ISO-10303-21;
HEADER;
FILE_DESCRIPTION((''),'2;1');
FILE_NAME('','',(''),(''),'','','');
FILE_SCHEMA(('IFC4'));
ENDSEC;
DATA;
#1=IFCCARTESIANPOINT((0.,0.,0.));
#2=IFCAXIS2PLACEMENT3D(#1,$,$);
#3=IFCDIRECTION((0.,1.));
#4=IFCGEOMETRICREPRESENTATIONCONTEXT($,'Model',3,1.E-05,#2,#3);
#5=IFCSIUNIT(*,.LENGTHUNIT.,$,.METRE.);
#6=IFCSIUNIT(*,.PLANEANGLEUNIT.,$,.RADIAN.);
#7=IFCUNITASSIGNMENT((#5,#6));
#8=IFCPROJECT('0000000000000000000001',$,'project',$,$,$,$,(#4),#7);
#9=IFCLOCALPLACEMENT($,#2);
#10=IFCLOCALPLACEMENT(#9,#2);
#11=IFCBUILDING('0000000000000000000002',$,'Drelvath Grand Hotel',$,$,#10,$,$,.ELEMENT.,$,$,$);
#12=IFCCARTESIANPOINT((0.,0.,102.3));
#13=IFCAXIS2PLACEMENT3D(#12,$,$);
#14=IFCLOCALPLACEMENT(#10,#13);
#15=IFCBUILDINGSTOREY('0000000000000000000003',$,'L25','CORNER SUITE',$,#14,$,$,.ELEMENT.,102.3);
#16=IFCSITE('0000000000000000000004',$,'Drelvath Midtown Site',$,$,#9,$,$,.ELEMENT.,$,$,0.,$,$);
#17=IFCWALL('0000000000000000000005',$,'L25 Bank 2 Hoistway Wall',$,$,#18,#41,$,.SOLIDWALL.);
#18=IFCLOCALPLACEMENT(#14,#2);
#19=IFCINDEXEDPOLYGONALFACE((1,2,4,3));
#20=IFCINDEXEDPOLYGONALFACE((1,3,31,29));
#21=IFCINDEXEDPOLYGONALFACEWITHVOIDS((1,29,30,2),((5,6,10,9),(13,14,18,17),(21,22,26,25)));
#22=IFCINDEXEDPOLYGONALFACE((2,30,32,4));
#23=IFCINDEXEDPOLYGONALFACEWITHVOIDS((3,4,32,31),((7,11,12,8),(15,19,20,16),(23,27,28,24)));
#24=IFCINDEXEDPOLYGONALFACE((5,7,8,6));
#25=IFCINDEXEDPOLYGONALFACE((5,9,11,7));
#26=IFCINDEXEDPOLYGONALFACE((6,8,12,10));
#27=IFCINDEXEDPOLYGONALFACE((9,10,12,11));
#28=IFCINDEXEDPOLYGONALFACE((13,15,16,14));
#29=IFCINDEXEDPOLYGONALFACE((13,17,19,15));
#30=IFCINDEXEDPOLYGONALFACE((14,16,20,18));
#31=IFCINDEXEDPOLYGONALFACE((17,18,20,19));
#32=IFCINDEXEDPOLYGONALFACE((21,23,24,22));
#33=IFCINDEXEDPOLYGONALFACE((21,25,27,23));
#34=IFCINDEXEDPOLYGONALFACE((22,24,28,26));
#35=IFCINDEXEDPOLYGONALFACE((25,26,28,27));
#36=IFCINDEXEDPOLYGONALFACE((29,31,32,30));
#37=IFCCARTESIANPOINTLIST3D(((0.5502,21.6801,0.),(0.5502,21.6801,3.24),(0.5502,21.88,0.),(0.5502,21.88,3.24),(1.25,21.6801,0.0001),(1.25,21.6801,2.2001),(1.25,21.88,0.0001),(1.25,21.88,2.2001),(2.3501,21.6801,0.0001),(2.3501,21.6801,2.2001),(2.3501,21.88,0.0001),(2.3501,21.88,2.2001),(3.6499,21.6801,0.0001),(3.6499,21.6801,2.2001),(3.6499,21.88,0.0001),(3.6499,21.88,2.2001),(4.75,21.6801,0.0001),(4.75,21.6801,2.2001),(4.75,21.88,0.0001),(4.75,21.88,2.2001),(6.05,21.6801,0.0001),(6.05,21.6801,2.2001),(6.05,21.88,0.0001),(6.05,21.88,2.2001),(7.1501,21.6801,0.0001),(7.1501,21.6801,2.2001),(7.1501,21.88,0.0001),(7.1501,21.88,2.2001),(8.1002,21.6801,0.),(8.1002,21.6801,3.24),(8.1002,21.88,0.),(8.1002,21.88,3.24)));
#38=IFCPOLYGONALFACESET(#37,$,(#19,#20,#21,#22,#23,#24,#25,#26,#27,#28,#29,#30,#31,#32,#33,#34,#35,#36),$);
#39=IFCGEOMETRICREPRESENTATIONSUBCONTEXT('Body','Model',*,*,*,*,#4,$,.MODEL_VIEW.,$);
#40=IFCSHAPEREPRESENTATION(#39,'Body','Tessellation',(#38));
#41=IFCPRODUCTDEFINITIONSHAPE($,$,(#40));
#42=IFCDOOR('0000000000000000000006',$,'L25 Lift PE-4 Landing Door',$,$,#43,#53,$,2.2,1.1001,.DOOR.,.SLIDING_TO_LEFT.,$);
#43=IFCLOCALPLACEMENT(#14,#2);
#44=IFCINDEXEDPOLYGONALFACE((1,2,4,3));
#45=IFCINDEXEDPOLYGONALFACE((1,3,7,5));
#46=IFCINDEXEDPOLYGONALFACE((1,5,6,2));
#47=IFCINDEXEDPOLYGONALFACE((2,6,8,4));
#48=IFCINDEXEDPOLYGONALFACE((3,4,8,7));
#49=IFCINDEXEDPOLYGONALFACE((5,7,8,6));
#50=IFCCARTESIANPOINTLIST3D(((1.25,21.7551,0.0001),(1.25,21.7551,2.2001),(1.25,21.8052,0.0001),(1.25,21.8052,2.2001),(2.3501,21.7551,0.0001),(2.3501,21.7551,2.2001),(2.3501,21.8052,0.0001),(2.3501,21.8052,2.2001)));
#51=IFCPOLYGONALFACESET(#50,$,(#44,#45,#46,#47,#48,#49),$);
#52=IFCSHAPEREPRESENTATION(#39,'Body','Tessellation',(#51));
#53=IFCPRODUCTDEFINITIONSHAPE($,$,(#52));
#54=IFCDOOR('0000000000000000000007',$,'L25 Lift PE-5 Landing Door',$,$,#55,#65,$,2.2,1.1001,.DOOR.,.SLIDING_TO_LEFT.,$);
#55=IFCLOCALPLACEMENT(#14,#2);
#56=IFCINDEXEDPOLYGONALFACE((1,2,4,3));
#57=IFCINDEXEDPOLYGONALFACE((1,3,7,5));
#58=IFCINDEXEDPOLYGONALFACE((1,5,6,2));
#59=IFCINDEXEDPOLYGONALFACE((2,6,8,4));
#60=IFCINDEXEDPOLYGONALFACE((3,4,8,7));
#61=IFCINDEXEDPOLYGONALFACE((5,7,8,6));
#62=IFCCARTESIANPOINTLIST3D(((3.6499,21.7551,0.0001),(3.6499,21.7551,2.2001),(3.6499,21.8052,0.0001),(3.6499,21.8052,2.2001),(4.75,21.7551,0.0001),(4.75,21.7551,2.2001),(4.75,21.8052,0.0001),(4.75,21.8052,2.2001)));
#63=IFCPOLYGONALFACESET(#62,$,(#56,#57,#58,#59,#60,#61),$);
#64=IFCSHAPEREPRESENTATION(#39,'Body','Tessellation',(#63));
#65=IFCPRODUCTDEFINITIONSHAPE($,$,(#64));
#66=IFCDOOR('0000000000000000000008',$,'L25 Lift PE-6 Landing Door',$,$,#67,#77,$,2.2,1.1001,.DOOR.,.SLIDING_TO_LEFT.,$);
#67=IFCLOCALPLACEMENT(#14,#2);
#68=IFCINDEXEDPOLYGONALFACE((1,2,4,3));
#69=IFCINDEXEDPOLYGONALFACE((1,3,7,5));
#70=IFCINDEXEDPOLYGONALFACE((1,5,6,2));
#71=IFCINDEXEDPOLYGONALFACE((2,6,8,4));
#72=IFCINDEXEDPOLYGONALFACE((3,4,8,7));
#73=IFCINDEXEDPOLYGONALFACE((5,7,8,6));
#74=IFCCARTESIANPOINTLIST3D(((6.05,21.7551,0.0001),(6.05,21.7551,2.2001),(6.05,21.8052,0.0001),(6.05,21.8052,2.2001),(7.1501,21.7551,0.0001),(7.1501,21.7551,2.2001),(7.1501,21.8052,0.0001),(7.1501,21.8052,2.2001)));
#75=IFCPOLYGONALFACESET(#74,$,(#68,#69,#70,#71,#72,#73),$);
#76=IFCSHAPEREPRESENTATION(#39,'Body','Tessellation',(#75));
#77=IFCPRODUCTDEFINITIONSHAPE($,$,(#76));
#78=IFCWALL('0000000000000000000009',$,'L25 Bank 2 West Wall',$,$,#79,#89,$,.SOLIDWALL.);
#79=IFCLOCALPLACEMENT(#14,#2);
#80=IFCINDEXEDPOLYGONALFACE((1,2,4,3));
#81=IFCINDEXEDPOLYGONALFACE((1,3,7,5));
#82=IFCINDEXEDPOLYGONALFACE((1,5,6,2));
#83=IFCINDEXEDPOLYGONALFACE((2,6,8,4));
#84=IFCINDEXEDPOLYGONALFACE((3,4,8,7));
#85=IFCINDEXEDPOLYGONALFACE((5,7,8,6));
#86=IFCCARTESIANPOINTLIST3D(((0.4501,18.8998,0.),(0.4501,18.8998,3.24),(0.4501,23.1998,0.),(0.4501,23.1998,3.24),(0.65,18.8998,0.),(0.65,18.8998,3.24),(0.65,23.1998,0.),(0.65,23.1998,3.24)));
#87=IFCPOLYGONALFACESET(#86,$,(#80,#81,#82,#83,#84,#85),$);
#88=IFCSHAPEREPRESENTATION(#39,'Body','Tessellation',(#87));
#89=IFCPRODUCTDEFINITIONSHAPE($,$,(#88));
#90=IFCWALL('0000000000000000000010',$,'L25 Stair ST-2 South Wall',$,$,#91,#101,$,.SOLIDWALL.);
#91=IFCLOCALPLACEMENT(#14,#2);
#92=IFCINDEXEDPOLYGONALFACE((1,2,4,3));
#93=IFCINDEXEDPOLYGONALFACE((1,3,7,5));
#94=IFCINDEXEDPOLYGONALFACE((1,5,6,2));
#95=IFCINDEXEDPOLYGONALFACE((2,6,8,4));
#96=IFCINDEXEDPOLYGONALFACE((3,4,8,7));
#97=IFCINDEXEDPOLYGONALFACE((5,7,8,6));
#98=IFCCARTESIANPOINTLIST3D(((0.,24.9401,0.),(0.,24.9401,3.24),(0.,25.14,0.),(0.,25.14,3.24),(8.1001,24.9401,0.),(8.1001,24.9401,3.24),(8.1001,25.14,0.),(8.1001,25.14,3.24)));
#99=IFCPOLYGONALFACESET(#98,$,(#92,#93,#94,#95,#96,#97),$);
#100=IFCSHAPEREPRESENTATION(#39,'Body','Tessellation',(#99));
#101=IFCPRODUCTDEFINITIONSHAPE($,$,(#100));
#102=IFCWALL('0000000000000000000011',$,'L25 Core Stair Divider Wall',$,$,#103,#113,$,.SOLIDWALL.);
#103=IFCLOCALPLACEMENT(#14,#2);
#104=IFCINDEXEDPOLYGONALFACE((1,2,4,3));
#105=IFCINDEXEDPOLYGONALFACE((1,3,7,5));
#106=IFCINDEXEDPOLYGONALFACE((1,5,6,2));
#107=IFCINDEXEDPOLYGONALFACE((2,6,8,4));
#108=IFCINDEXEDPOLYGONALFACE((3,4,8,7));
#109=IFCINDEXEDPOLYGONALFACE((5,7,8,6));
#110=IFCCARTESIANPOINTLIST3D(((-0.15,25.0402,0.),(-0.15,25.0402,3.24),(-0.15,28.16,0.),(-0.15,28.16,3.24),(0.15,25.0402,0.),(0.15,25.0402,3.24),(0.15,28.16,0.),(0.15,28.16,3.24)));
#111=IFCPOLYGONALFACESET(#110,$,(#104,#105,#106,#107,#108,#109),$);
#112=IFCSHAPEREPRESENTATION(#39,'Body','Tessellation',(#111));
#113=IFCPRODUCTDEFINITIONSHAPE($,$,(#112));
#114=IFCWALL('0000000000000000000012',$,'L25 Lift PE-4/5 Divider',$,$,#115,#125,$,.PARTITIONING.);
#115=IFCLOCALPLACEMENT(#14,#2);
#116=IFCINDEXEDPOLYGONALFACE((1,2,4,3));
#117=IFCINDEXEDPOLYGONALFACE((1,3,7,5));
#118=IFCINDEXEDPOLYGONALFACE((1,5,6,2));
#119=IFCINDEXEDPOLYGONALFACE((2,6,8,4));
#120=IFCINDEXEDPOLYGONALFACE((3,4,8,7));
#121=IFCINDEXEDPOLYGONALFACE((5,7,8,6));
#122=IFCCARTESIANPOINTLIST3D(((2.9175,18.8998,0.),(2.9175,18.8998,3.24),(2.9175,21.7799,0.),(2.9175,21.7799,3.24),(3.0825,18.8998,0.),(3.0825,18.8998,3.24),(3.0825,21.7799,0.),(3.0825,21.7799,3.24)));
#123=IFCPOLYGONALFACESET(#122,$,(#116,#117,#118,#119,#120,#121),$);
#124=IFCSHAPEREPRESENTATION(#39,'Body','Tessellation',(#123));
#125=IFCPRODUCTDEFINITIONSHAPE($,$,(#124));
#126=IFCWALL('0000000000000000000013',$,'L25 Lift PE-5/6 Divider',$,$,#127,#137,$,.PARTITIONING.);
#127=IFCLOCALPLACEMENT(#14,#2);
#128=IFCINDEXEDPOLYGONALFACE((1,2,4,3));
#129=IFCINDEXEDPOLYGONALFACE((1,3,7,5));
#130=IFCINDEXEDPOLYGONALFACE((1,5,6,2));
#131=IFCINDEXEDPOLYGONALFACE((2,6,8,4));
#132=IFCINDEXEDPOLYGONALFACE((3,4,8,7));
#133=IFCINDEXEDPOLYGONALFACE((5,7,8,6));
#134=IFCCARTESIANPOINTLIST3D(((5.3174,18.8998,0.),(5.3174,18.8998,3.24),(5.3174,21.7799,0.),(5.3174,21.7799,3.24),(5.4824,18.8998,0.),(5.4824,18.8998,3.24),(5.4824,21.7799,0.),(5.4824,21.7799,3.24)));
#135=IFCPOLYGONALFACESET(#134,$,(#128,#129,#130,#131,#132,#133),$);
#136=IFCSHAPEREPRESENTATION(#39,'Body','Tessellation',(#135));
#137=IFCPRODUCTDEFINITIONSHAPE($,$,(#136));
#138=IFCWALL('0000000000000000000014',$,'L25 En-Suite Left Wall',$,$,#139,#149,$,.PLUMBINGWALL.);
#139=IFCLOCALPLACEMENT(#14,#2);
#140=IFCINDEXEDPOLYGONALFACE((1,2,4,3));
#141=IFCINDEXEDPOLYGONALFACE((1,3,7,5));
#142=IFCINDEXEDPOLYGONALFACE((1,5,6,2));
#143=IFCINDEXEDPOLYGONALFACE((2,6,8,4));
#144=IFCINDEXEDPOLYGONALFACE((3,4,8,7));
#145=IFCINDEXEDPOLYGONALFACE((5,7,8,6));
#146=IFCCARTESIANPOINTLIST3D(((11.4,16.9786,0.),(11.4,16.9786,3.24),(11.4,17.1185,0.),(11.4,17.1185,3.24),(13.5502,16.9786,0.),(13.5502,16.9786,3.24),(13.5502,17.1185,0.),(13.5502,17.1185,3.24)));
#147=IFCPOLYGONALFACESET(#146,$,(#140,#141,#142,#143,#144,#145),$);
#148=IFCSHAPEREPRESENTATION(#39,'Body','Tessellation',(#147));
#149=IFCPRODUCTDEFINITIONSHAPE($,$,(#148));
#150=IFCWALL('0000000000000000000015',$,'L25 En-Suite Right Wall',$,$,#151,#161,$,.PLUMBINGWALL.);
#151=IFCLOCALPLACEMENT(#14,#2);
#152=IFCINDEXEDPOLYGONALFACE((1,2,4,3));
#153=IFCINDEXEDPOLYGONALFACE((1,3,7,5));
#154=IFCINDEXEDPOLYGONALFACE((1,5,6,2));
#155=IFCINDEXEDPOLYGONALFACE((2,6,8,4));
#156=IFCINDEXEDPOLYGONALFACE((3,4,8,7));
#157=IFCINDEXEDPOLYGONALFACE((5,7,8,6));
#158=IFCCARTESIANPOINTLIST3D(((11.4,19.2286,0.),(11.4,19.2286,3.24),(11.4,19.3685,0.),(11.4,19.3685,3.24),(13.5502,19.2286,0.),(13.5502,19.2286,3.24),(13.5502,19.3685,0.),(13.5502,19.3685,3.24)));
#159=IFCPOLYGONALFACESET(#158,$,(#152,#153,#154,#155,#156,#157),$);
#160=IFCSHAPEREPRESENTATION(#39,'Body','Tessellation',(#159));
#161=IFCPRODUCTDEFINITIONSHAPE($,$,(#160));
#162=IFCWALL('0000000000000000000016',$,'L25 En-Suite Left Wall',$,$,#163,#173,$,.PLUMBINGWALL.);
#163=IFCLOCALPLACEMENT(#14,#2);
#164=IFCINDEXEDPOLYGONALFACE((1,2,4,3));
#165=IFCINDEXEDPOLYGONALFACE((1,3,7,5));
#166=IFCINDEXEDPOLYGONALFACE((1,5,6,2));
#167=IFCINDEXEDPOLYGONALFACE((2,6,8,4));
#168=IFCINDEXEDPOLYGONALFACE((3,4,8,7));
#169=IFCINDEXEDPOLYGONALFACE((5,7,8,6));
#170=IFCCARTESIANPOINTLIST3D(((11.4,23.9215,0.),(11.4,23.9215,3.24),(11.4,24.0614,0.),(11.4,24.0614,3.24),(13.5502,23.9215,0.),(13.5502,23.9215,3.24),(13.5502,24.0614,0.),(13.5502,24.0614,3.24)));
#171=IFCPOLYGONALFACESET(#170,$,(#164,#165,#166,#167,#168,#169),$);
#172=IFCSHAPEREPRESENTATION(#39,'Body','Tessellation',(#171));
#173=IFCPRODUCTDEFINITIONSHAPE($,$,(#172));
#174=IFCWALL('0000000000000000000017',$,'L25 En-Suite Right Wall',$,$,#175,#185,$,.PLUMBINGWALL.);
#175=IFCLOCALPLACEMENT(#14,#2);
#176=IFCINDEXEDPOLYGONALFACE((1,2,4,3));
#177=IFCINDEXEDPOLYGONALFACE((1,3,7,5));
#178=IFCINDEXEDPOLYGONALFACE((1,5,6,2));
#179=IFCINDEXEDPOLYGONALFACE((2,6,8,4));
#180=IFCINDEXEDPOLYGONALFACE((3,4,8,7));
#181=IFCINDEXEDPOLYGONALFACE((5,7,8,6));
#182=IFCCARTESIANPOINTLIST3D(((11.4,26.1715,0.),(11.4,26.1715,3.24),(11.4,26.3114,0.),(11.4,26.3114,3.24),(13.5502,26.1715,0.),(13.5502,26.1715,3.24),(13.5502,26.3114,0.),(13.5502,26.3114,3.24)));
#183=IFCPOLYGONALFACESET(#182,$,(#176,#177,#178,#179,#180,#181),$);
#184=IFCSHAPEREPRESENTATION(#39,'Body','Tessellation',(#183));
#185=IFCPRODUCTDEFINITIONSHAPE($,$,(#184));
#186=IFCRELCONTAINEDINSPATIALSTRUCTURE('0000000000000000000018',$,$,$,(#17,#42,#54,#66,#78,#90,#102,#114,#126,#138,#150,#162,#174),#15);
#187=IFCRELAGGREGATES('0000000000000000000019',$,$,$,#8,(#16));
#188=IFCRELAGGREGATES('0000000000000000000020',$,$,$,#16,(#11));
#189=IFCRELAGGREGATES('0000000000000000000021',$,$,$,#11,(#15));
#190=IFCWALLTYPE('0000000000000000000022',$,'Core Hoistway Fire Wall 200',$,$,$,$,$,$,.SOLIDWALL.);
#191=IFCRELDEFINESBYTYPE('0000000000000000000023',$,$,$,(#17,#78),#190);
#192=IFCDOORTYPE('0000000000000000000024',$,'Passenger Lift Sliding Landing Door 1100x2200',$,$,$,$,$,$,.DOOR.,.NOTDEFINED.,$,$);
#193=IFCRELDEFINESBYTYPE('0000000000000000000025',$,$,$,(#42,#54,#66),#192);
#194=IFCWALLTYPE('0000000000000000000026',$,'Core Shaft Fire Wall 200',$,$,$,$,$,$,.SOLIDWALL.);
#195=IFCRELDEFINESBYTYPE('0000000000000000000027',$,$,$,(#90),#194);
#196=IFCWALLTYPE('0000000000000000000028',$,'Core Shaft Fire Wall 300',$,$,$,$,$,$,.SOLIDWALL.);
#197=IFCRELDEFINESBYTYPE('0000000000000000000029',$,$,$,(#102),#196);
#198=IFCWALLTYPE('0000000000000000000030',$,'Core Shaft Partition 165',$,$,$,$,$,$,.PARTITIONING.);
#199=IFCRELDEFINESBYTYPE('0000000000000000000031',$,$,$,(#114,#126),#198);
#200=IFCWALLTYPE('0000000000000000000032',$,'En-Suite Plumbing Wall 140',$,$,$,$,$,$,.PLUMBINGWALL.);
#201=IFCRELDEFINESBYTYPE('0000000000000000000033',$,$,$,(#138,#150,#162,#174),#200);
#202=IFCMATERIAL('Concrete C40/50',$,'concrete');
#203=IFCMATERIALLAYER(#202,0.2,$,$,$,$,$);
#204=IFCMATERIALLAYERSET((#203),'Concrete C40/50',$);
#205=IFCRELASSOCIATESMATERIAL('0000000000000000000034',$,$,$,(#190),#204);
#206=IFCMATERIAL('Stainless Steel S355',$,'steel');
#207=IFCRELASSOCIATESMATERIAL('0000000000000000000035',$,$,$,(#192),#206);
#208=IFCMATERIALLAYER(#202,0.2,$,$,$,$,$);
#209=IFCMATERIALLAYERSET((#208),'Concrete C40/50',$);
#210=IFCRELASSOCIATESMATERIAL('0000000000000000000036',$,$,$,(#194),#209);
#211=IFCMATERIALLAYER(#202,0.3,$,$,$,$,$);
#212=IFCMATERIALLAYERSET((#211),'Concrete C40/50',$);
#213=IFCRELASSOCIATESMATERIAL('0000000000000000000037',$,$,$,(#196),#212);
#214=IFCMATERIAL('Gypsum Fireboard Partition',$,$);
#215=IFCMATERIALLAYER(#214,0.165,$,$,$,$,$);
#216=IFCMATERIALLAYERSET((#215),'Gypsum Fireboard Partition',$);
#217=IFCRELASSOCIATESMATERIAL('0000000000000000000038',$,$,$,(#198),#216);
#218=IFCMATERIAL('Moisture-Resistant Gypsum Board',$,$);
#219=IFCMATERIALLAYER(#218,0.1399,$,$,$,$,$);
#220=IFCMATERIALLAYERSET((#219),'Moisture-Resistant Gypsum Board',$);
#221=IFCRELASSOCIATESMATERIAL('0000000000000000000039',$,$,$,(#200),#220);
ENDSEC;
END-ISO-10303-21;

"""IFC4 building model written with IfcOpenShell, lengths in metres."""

from ifc_helpers import new_model, si_unit, direction, frame, frame_2d, origin, place, context, subcontext, project, spatial, rectangle, extrude, material, layer, layer_set, type_object, element, fill, save


model = new_model("IFC4")

# Units and contexts
model_context = context("Model", 3, precision=1e-05, world=origin(), true_north=direction((0.0, 1.0)))
body_context = subcontext(model_context, "Body", "Model", "MODEL_VIEW")
ifc_project = project(units=[si_unit("LENGTHUNIT", "METRE"), si_unit("PLANEANGLEUNIT", "RADIAN")], contexts=[model_context])

# Site, building, storey
site_placement = place(None, origin())
site = spatial("IfcSite", under=ifc_project, at=site_placement, Name="Drelvath Midtown Site", CompositionType="ELEMENT", RefElevation=0.0)
building_placement = place(site_placement, origin())
building = spatial("IfcBuilding", under=site, at=building_placement, Name="Drelvath Grand Hotel", CompositionType="ELEMENT")
storey_placement = place(building_placement, frame((0.0, 0.0, 102.3)))
storey = spatial("IfcBuildingStorey", under=building, at=storey_placement, Name="L25", Description="CORNER SUITE", CompositionType="ELEMENT", Elevation=102.3)

# Wall, openings, doors
ifc_material_1 = material(Name="Concrete C40/50", Category="concrete")
ifc_layer_1 = layer(ifc_material_1, 0.2)
ifc_layer_set_1 = layer_set([ifc_layer_1], Name="Concrete C40/50")
wall_type_1 = type_object("IfcWallType", Name="Core Hoistway Fire Wall 200", PredefinedType="SOLIDWALL", material=ifc_layer_set_1)
wall_1_placement = place(storey_placement, frame((8.1001, 21.78, 0.0), z_axis=(0.0, 0.0, 1.0), x_axis=(-1.0, 0.0, 0.0)))
wall_1 = element("IfcWall", 1, at=wall_1_placement, inside=storey, type_object=wall_type_1, Name="L25 Bank 2 Hoistway Wall", PredefinedType="SOLIDWALL", context=body_context, shape_type="SweptSolid", body=[
    extrude(rectangle(XDim=7.55, YDim=0.2, at=frame_2d((3.7749, 0.0))), origin(), (0.0, 0.0, 1.0), 3.24),
])
opening_1_placement = place(wall_1_placement, frame((5.75, 0.0, 0.0)))
opening_1 = element("IfcOpeningElement", 2, at=opening_1_placement, cuts=wall_1, PredefinedType="OPENING", context=body_context, shape_type="SweptSolid", body=[
    extrude(rectangle(XDim=1.1001, YDim=2.2, at=frame_2d((0.55, 1.1001))), frame((0.0, 0.1099, 0.0), z_axis=(0.0, -1.0, 0.0), x_axis=(1.0, 0.0, 0.0)), (0.0, 0.0, 1.0), 0.22),
])
opening_2_placement = place(wall_1_placement, frame((3.3501, 0.0, 0.0)))
opening_2 = element("IfcOpeningElement", 3, at=opening_2_placement, cuts=wall_1, PredefinedType="OPENING", context=body_context, shape_type="SweptSolid", body=[
    extrude(rectangle(XDim=1.1001, YDim=2.2, at=frame_2d((0.55, 1.1001))), frame((0.0, 0.1099, 0.0), z_axis=(0.0, -1.0, 0.0), x_axis=(1.0, 0.0, 0.0)), (0.0, 0.0, 1.0), 0.22),
])
opening_3_placement = place(wall_1_placement, frame((0.95, 0.0, 0.0)))
opening_3 = element("IfcOpeningElement", 4, at=opening_3_placement, cuts=wall_1, PredefinedType="OPENING", context=body_context, shape_type="SweptSolid", body=[
    extrude(rectangle(XDim=1.1001, YDim=2.2, at=frame_2d((0.55, 1.1001))), frame((0.0, 0.1099, 0.0), z_axis=(0.0, -1.0, 0.0), x_axis=(1.0, 0.0, 0.0)), (0.0, 0.0, 1.0), 0.22),
])
ifc_material_2 = material(Name="Stainless Steel S355", Category="steel")
door_type = type_object("IfcDoorType", Name="Passenger Lift Sliding Landing Door 1100x2200", OperationType="NOTDEFINED", PredefinedType="DOOR", material=ifc_material_2)
door_1_placement = place(opening_1_placement, origin())
door_1 = element("IfcDoor", 5, at=door_1_placement, inside=storey, type_object=door_type, Name="L25 Lift PE-4 Landing Door", OperationType="SLIDING_TO_LEFT", OverallHeight=2.2, OverallWidth=1.1001, PredefinedType="DOOR", context=body_context, shape_type="SweptSolid", body=[
    extrude(rectangle(XDim=1.1001, YDim=2.2, at=frame_2d((0.55, 1.1001))), frame((0.0, 0.0249, 0.0), z_axis=(0.0, -1.0, 0.0), x_axis=(1.0, 0.0, 0.0)), (0.0, 0.0, 1.0), 0.05),
])
fill(opening_1, door_1)
door_2_placement = place(opening_2_placement, origin())
door_2 = element("IfcDoor", 6, at=door_2_placement, inside=storey, type_object=door_type, Name="L25 Lift PE-5 Landing Door", OperationType="SLIDING_TO_LEFT", OverallHeight=2.2, OverallWidth=1.1001, PredefinedType="DOOR", context=body_context, shape_type="SweptSolid", body=[
    extrude(rectangle(XDim=1.1001, YDim=2.2, at=frame_2d((0.55, 1.1001))), frame((0.0, 0.0249, 0.0), z_axis=(0.0, -1.0, 0.0), x_axis=(1.0, 0.0, 0.0)), (0.0, 0.0, 1.0), 0.05),
])
fill(opening_2, door_2)
door_3_placement = place(opening_3_placement, origin())
door_3 = element("IfcDoor", 7, at=door_3_placement, inside=storey, type_object=door_type, Name="L25 Lift PE-6 Landing Door", OperationType="SLIDING_TO_LEFT", OverallHeight=2.2, OverallWidth=1.1001, PredefinedType="DOOR", context=body_context, shape_type="SweptSolid", body=[
    extrude(rectangle(XDim=1.1001, YDim=2.2, at=frame_2d((0.55, 1.1001))), frame((0.0, 0.0249, 0.0), z_axis=(0.0, -1.0, 0.0), x_axis=(1.0, 0.0, 0.0)), (0.0, 0.0, 1.0), 0.05),
])
fill(opening_3, door_3)

# Walls
wall_2_placement = place(storey_placement, frame((0.55, 18.8999, 0.0), z_axis=(0.0, 0.0, 1.0), x_axis=(0.0, 1.0, 0.0)))
element("IfcWall", 8, at=wall_2_placement, inside=storey, type_object=wall_type_1, Name="L25 Bank 2 West Wall", PredefinedType="SOLIDWALL", context=body_context, shape_type="SweptSolid", body=[
    extrude(rectangle(XDim=4.3, YDim=0.2, at=frame_2d((2.1499, 0.0))), origin(), (0.0, 0.0, 1.0), 3.24),
])
ifc_layer_2 = layer(ifc_material_1, 0.2)
ifc_layer_set_2 = layer_set([ifc_layer_2], Name="Concrete C40/50")
wall_type_2 = type_object("IfcWallType", Name="Core Shaft Fire Wall 200", PredefinedType="SOLIDWALL", material=ifc_layer_set_2)
wall_3_placement = place(storey_placement, frame((0.0, 25.04, 0.0), z_axis=(0.0, 0.0, 1.0), x_axis=(1.0, 0.0, 0.0)))
element("IfcWall", 9, at=wall_3_placement, inside=storey, type_object=wall_type_2, Name="L25 Stair ST-2 South Wall", PredefinedType="SOLIDWALL", context=body_context, shape_type="SweptSolid", body=[
    extrude(rectangle(XDim=8.1001, YDim=0.2, at=frame_2d((4.05, 0.0))), origin(), (0.0, 0.0, 1.0), 3.24),
])
ifc_layer_3 = layer(ifc_material_1, 0.3)
ifc_layer_set_3 = layer_set([ifc_layer_3], Name="Concrete C40/50")
wall_type_3 = type_object("IfcWallType", Name="Core Shaft Fire Wall 300", PredefinedType="SOLIDWALL", material=ifc_layer_set_3)
wall_4_placement = place(storey_placement, frame((0.0, 25.04, 0.0), z_axis=(0.0, 0.0, 1.0), x_axis=(0.0, 1.0, 0.0)))
element("IfcWall", 10, at=wall_4_placement, inside=storey, type_object=wall_type_3, Name="L25 Core Stair Divider Wall", PredefinedType="SOLIDWALL", context=body_context, shape_type="SweptSolid", body=[
    extrude(rectangle(XDim=3.1199, YDim=0.3, at=frame_2d((1.5601, 0.0))), origin(), (0.0, 0.0, 1.0), 3.24),
])
ifc_material_3 = material(Name="Gypsum Fireboard Partition")
ifc_layer_4 = layer(ifc_material_3, 0.165)
ifc_layer_set_4 = layer_set([ifc_layer_4], Name="Gypsum Fireboard Partition")
wall_type_4 = type_object("IfcWallType", Name="Core Shaft Partition 165", PredefinedType="PARTITIONING", material=ifc_layer_set_4)
for number, where, z_axis, x_axis, name in (
    (11, (3.0, 18.8999, 0.0), (0.0, 0.0, 1.0), (0.0, 1.0, 0.0), "L25 Lift PE-4/5 Divider"),
    (12, (5.3999, 18.8999, 0.0), (0.0, 0.0, 1.0), (0.0, 1.0, 0.0), "L25 Lift PE-5/6 Divider"),
):
    element("IfcWall", number, at=place(storey_placement, frame(where, z_axis=z_axis, x_axis=x_axis)), inside=storey, type_object=wall_type_4, Name=name, PredefinedType="PARTITIONING", context=body_context, shape_type="SweptSolid", body=[
        extrude(rectangle(XDim=2.8801, YDim=0.165, at=frame_2d((1.4399, 0.0))), origin(), (0.0, 0.0, 1.0), 3.24),
    ])
ifc_material_4 = material(Name="Moisture-Resistant Gypsum Board")
ifc_layer_5 = layer(ifc_material_4, 0.1399)
ifc_layer_set_5 = layer_set([ifc_layer_5], Name="Moisture-Resistant Gypsum Board")
wall_type_5 = type_object("IfcWallType", Name="En-Suite Plumbing Wall 140", PredefinedType="PLUMBINGWALL", material=ifc_layer_set_5)
for number, where, z_axis, x_axis, name in (
    (13, (11.3999, 17.0486, 0.0), (0.0, 0.0, 1.0), (1.0, 0.0, 0.0), "L25 En-Suite Left Wall"),
    (14, (11.3999, 19.2986, 0.0), (0.0, 0.0, 1.0), (1.0, 0.0, 0.0), "L25 En-Suite Right Wall"),
    (15, (11.3999, 23.9915, 0.0), (0.0, 0.0, 1.0), (1.0, 0.0, 0.0), "L25 En-Suite Left Wall"),
    (16, (11.3999, 26.2415, 0.0), (0.0, 0.0, 1.0), (1.0, 0.0, 0.0), "L25 En-Suite Right Wall"),
):
    element("IfcWall", number, at=place(storey_placement, frame(where, z_axis=z_axis, x_axis=x_axis)), inside=storey, type_object=wall_type_5, Name=name, PredefinedType="PLUMBINGWALL", context=body_context, shape_type="SweptSolid", body=[
        extrude(rectangle(XDim=2.1501, YDim=0.1399, at=frame_2d((1.0752, 0.0))), origin(), (0.0, 0.0, 1.0), 3.24),
    ])

save(model, "model.ifc")
